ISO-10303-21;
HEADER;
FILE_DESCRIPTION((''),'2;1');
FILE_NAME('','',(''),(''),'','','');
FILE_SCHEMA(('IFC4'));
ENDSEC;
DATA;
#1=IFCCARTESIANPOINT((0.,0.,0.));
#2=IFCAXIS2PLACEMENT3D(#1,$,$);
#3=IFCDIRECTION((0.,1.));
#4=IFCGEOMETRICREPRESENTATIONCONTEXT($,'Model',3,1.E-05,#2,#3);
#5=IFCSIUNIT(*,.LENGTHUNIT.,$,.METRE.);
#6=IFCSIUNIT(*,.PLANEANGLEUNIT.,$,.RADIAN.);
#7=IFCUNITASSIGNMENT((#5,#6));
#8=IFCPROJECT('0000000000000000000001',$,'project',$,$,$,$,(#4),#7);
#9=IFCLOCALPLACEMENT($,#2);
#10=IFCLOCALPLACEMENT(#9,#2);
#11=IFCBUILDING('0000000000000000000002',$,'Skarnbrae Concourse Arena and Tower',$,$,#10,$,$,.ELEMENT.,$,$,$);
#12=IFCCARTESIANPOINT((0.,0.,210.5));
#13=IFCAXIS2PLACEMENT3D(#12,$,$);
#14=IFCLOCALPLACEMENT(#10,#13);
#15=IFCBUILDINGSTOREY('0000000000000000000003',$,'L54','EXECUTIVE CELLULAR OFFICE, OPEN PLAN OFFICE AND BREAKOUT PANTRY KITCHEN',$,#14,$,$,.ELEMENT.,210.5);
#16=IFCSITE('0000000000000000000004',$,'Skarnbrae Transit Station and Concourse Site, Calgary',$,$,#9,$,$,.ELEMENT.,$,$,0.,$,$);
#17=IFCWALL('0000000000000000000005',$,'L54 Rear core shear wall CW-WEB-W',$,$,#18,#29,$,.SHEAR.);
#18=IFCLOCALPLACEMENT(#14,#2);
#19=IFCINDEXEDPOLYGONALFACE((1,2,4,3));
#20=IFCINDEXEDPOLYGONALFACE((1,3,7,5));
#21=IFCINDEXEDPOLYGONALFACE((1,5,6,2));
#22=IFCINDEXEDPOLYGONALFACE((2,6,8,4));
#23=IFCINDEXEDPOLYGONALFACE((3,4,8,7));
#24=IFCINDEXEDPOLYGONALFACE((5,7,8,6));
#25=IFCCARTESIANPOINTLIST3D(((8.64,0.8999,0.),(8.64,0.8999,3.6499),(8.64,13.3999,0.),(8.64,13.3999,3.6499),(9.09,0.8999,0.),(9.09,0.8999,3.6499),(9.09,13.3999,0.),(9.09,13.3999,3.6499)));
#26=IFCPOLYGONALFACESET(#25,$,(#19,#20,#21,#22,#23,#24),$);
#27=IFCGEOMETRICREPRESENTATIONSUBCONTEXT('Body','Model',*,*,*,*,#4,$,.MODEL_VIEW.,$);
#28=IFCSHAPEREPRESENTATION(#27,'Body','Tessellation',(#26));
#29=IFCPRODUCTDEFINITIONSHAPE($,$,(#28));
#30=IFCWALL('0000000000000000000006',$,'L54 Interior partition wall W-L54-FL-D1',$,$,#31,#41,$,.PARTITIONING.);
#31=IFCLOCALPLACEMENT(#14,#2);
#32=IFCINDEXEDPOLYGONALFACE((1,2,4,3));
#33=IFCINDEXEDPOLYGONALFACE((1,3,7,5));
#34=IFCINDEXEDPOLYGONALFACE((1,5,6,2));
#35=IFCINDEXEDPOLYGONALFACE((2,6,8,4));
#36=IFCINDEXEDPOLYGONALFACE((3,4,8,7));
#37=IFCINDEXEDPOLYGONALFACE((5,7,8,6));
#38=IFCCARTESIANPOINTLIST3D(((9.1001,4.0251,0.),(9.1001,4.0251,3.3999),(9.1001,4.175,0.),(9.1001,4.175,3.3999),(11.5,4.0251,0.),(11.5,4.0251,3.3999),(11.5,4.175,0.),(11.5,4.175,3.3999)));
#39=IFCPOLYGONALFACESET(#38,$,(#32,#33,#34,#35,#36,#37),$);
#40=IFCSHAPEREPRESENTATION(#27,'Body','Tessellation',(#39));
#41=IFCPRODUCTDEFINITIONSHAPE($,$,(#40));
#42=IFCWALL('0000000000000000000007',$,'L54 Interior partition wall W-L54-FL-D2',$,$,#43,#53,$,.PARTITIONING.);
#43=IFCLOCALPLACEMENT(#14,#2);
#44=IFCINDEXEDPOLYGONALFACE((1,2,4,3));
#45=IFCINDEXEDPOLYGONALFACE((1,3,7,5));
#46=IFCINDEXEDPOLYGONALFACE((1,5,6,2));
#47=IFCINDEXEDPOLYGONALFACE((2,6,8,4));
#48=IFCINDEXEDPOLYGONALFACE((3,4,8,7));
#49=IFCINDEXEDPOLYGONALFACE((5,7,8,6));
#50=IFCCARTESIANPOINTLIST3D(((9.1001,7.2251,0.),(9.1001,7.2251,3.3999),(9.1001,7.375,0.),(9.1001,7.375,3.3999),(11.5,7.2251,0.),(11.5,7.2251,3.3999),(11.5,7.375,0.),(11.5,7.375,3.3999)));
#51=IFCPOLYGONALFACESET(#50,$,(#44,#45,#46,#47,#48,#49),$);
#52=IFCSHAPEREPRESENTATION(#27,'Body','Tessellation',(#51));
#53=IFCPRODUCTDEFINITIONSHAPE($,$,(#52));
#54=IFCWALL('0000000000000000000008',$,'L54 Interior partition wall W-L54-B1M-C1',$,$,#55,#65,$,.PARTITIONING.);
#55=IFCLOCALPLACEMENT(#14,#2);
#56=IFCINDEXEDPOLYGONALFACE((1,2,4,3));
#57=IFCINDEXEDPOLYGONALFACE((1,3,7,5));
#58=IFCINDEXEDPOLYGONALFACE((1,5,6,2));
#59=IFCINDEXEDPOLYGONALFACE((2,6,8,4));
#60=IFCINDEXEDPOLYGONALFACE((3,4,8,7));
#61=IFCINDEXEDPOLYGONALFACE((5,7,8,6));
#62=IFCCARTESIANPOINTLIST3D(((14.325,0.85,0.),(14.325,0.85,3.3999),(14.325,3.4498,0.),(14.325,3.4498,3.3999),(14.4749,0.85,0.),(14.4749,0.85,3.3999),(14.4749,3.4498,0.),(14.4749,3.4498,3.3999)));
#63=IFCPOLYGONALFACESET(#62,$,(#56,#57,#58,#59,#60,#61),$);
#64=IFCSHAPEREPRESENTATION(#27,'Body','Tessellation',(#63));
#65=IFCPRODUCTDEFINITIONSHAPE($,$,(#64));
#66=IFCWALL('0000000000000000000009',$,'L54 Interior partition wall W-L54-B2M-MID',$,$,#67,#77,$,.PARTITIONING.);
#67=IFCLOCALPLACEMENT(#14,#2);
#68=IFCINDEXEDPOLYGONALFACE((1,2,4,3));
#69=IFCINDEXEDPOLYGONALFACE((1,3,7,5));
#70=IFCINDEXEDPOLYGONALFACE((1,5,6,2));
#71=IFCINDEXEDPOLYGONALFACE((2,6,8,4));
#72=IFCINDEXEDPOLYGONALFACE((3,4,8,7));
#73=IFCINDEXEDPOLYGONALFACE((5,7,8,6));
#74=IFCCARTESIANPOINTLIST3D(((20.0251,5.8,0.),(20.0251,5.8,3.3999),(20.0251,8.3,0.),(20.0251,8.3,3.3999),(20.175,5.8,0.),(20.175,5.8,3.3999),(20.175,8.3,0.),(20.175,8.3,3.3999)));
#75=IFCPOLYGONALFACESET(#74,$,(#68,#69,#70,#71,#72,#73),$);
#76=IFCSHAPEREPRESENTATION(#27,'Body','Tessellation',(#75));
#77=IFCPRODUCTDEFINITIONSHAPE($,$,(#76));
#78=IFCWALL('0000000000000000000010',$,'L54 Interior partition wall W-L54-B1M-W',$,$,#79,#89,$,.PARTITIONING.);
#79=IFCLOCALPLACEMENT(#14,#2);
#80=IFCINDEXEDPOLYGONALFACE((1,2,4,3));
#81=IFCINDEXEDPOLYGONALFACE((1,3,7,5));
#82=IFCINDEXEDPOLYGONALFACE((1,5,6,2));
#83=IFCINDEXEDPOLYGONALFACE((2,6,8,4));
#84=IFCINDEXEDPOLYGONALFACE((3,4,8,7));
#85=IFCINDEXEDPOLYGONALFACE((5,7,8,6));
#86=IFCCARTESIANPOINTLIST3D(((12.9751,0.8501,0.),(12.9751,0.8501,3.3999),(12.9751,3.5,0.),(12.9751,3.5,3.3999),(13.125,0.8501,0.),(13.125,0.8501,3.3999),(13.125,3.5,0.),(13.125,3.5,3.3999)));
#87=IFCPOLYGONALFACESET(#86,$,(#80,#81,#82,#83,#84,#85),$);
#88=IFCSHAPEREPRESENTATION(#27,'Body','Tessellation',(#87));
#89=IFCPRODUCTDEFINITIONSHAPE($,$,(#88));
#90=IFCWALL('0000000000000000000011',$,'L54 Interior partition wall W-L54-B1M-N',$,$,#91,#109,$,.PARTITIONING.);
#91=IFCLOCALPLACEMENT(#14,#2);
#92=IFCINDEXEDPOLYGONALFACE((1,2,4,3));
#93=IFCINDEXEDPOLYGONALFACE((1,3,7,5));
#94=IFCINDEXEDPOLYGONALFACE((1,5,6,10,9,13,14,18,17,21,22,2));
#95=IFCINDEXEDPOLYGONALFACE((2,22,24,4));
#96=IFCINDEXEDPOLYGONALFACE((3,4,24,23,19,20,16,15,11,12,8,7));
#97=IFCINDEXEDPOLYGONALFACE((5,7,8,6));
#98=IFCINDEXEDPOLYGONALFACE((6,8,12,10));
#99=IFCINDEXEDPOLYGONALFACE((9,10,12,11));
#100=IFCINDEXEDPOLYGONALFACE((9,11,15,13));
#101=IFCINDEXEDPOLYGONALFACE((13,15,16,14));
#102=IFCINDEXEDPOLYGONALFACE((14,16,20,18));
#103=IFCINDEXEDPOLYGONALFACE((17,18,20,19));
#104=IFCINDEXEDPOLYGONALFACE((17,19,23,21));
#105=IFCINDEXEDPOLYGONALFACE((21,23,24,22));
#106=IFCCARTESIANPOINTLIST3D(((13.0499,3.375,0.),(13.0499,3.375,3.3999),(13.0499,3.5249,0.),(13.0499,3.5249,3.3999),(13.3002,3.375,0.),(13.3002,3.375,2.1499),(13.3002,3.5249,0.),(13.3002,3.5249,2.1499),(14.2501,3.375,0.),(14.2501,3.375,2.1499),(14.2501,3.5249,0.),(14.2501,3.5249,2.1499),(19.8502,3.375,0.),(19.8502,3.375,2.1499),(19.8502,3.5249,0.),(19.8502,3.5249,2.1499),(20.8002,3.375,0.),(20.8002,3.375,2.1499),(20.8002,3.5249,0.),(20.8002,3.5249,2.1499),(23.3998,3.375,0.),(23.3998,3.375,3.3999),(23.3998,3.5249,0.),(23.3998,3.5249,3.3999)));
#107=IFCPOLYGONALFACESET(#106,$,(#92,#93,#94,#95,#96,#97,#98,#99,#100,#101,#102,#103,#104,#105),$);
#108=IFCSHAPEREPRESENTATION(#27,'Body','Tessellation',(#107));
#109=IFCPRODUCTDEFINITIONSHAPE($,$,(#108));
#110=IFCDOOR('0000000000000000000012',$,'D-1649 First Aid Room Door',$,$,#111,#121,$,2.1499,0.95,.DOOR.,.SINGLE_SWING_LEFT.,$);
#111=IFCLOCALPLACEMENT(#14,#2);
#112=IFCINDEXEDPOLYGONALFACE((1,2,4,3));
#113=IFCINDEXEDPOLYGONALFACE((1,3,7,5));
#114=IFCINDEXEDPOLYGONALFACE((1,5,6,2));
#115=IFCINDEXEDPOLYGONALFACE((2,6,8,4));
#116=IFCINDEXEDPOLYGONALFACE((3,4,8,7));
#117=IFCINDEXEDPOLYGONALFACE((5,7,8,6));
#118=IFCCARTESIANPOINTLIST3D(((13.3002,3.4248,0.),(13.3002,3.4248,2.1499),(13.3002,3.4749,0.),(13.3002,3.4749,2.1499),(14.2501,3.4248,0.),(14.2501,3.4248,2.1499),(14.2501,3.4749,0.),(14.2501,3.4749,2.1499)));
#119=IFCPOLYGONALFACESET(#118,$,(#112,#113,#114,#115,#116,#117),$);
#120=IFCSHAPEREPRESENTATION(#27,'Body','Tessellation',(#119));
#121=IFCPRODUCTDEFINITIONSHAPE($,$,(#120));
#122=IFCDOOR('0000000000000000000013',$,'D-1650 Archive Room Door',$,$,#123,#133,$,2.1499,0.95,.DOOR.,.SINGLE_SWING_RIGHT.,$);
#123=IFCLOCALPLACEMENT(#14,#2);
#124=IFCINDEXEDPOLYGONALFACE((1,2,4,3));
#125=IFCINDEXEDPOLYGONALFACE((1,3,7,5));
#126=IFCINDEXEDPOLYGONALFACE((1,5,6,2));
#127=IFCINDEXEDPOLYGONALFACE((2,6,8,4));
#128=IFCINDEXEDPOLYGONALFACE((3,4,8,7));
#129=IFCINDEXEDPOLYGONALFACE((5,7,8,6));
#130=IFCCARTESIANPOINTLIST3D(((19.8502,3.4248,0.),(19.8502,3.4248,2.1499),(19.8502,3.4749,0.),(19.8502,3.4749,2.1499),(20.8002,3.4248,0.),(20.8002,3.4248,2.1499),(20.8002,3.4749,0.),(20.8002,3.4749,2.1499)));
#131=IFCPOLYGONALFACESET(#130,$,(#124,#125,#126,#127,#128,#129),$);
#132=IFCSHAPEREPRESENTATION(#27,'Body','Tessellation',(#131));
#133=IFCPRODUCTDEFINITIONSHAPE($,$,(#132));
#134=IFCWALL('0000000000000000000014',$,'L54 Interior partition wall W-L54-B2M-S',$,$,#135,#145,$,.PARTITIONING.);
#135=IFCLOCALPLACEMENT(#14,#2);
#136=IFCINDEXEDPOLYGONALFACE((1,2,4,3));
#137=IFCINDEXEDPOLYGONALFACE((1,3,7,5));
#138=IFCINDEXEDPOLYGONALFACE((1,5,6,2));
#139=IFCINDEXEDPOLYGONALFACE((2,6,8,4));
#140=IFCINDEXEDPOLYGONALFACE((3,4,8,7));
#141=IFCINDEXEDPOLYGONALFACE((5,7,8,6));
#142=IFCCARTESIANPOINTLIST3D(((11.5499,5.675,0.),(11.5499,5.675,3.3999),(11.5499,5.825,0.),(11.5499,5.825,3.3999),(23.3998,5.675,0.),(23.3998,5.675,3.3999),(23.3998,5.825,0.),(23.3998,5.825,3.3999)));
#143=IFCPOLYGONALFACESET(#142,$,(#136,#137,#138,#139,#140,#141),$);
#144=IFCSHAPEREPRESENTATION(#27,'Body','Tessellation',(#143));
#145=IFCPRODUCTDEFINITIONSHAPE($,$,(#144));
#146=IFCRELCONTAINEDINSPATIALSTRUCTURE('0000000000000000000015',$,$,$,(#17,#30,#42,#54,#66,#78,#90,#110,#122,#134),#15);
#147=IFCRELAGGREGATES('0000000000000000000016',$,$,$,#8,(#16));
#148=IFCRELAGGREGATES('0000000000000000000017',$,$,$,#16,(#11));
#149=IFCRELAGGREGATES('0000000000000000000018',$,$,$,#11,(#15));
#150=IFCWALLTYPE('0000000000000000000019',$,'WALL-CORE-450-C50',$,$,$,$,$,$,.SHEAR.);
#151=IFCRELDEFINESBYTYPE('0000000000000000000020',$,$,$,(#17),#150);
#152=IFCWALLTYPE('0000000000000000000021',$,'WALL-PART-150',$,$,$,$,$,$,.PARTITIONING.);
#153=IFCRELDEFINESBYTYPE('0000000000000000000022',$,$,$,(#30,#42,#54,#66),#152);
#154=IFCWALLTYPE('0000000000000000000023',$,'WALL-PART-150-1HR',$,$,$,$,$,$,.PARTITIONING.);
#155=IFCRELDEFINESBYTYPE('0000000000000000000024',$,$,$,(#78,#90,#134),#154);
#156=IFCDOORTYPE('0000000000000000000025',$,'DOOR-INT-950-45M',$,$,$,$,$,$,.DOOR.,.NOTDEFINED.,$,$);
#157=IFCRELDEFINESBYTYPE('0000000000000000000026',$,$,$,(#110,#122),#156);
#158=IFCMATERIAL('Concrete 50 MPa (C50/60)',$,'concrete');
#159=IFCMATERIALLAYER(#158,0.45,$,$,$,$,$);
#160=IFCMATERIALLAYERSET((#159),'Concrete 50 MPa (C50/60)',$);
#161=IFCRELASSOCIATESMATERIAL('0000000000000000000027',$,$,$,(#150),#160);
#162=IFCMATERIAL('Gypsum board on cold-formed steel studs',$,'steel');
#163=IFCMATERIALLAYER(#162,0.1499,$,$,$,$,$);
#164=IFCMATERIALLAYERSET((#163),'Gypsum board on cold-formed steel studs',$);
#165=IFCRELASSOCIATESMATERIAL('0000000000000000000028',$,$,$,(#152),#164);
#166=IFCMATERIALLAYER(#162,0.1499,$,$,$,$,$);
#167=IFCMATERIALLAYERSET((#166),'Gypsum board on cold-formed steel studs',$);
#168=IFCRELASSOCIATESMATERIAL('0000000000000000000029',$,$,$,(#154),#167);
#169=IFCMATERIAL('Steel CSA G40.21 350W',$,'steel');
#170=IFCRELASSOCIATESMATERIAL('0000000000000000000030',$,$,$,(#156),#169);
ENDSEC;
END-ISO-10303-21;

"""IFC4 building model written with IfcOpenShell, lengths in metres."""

from ifc_helpers import new_model, si_unit, direction, frame, frame_2d, origin, place, context, subcontext, project, spatial, rectangle, extrude, source, transform, mapped, material, layer, layer_set, type_object, element, fill, save


model = new_model("IFC4")

# Units and contexts
model_context = context("Model", 3, precision=1e-05, world=origin(), true_north=direction((0.0, 1.0)))
body_context = subcontext(model_context, "Body", "Model", "MODEL_VIEW")
ifc_project = project(units=[si_unit("LENGTHUNIT", "METRE"), si_unit("PLANEANGLEUNIT", "RADIAN")], contexts=[model_context])

# Site, building, storey
site_placement = place(None, origin())
site = spatial("IfcSite", under=ifc_project, at=site_placement, Name="Skarnbrae Transit Station and Concourse Site, Calgary", CompositionType="ELEMENT", RefElevation=0.0)
building_placement = place(site_placement, origin())
building = spatial("IfcBuilding", under=site, at=building_placement, Name="Skarnbrae Concourse Arena and Tower", CompositionType="ELEMENT")
storey_placement = place(building_placement, frame((0.0, 0.0, 210.5)))
storey = spatial("IfcBuildingStorey", under=building, at=storey_placement, Name="L54", Description="EXECUTIVE CELLULAR OFFICE, OPEN PLAN OFFICE AND BREAKOUT PANTRY KITCHEN", CompositionType="ELEMENT", Elevation=210.5)

# Wall
ifc_material_1 = material(Name="Concrete 50 MPa (C50/60)", Category="concrete")
ifc_layer_1 = layer(ifc_material_1, 0.45)
ifc_layer_set_1 = layer_set([ifc_layer_1], Name="Concrete 50 MPa (C50/60)")
wall_type_1 = type_object("IfcWallType", Name="WALL-CORE-450-C50", PredefinedType="SHEAR", material=ifc_layer_set_1)
shared_shape_1 = source(origin(), body_context, "Body", "SweptSolid", [
    extrude(rectangle(XDim=12.5, YDim=0.45, at=frame_2d((6.25, 0.0))), origin(), (0.0, 0.0, 1.0), 3.6499),
])
wall_1_placement = place(storey_placement, frame((8.865, 0.8999, 0.0), z_axis=(0.0, 0.0, 1.0), x_axis=(0.0, 1.0, 0.0)))
element("IfcWall", 1, at=wall_1_placement, inside=storey, type_object=wall_type_1, Name="L54 Rear core shear wall CW-WEB-W", PredefinedType="SHEAR", context=body_context, shape_type="MappedRepresentation", body=[
    mapped(shared_shape_1, transform((0.0, 0.0, 0.0))),
])

# Shared definitions
ifc_material_2 = material(Name="Gypsum board on cold-formed steel studs", Category="steel")
ifc_material_3 = material(Name="Steel CSA G40.21 350W", Category="steel")

# Walls
ifc_layer_2 = layer(ifc_material_2, 0.1499)
ifc_layer_set_2 = layer_set([ifc_layer_2], Name="Gypsum board on cold-formed steel studs")
wall_type_2 = type_object("IfcWallType", Name="WALL-PART-150", PredefinedType="PARTITIONING", material=ifc_layer_set_2)
shared_shape_2 = source(origin(), body_context, "Body", "SweptSolid", [
    extrude(rectangle(XDim=2.3999, YDim=0.1499, at=frame_2d((1.2, 0.0))), origin(), (0.0, 0.0, 1.0), 3.3999),
])
for number, where, z_axis, x_axis, name in (
    (2, (9.1001, 4.1001, 0.0), (0.0, 0.0, 1.0), (1.0, 0.0, 0.0), "L54 Interior partition wall W-L54-FL-D1"),
    (3, (9.1001, 7.3, 0.0), (0.0, 0.0, 1.0), (1.0, 0.0, 0.0), "L54 Interior partition wall W-L54-FL-D2"),
):
    element("IfcWall", number, at=place(storey_placement, frame(where, z_axis=z_axis, x_axis=x_axis)), inside=storey, type_object=wall_type_2, Name=name, PredefinedType="PARTITIONING", context=body_context, shape_type="MappedRepresentation", body=[
        mapped(shared_shape_2, transform((0.0, 0.0, 0.0))),
    ])
shared_shape_3 = source(origin(), body_context, "Body", "SweptSolid", [
    extrude(rectangle(XDim=2.5999, YDim=0.1499, at=frame_2d((1.2998, 0.0))), origin(), (0.0, 0.0, 1.0), 3.3999),
])
wall_2_placement = place(storey_placement, frame((14.3999, 0.8501, 0.0), z_axis=(0.0, 0.0, 1.0), x_axis=(0.0, 1.0, 0.0)))
element("IfcWall", 4, at=wall_2_placement, inside=storey, type_object=wall_type_2, Name="L54 Interior partition wall W-L54-B1M-C1", PredefinedType="PARTITIONING", context=body_context, shape_type="MappedRepresentation", body=[
    mapped(shared_shape_3, transform((0.0, 0.0, 0.0))),
])
shared_shape_4 = source(origin(), body_context, "Body", "SweptSolid", [
    extrude(rectangle(XDim=2.5, YDim=0.1499, at=frame_2d((1.25, 0.0))), origin(), (0.0, 0.0, 1.0), 3.3999),
])
wall_3_placement = place(storey_placement, frame((20.1001, 5.8, 0.0), z_axis=(0.0, 0.0, 1.0), x_axis=(0.0, 1.0, 0.0)))
element("IfcWall", 5, at=wall_3_placement, inside=storey, type_object=wall_type_2, Name="L54 Interior partition wall W-L54-B2M-MID", PredefinedType="PARTITIONING", context=body_context, shape_type="MappedRepresentation", body=[
    mapped(shared_shape_4, transform((0.0, 0.0, 0.0))),
])
ifc_layer_3 = layer(ifc_material_2, 0.1499)
ifc_layer_set_3 = layer_set([ifc_layer_3], Name="Gypsum board on cold-formed steel studs")
wall_type_3 = type_object("IfcWallType", Name="WALL-PART-150-1HR", PredefinedType="PARTITIONING", material=ifc_layer_set_3)
shared_shape_5 = source(origin(), body_context, "Body", "SweptSolid", [
    extrude(rectangle(XDim=2.6499, YDim=0.1499, at=frame_2d((1.325, 0.0))), origin(), (0.0, 0.0, 1.0), 3.3999),
])
wall_4_placement = place(storey_placement, frame((13.05, 0.8501, 0.0), z_axis=(0.0, 0.0, 1.0), x_axis=(0.0, 1.0, 0.0)))
element("IfcWall", 6, at=wall_4_placement, inside=storey, type_object=wall_type_3, Name="L54 Interior partition wall W-L54-B1M-W", PredefinedType="PARTITIONING", context=body_context, shape_type="MappedRepresentation", body=[
    mapped(shared_shape_5, transform((0.0, 0.0, 0.0))),
])

# Wall, openings, doors
shared_shape_6 = source(origin(), body_context, "Body", "SweptSolid", [
    extrude(rectangle(XDim=10.3499, YDim=0.1499, at=frame_2d((5.1748, 0.0))), origin(), (0.0, 0.0, 1.0), 3.3999),
])
wall_5_placement = place(storey_placement, frame((13.05, 3.45, 0.0), z_axis=(0.0, 0.0, 1.0), x_axis=(1.0, 0.0, 0.0)))
wall_5 = element("IfcWall", 7, at=wall_5_placement, inside=storey, type_object=wall_type_3, Name="L54 Interior partition wall W-L54-B1M-N", PredefinedType="PARTITIONING", context=body_context, shape_type="MappedRepresentation", body=[
    mapped(shared_shape_6, transform((0.0, 0.0, 0.0))),
])
opening_1_placement = place(wall_5_placement, frame((0.25, 0.0, 0.0)))
opening_1 = element("IfcOpeningElement", 8, at=opening_1_placement, cuts=wall_5, PredefinedType="OPENING", context=body_context, shape_type="SweptSolid", body=[
    extrude(rectangle(XDim=0.95, YDim=2.1499, at=frame_2d((0.4751, 1.075))), frame((0.0, 0.085, 0.0), z_axis=(0.0, -1.0, 0.0), x_axis=(1.0, 0.0, 0.0)), (0.0, 0.0, 1.0), 0.1699),
])
opening_2_placement = place(wall_5_placement, frame((6.8, 0.0, 0.0)))
opening_2 = element("IfcOpeningElement", 9, at=opening_2_placement, cuts=wall_5, PredefinedType="OPENING", context=body_context, shape_type="SweptSolid", body=[
    extrude(rectangle(XDim=0.95, YDim=2.1499, at=frame_2d((0.4751, 1.075))), frame((0.0, 0.085, 0.0), z_axis=(0.0, -1.0, 0.0), x_axis=(1.0, 0.0, 0.0)), (0.0, 0.0, 1.0), 0.1699),
])
door_type_1 = type_object("IfcDoorType", Name="DOOR-INT-950-45M", OperationType="NOTDEFINED", PredefinedType="DOOR", material=ifc_material_3)
shared_shape_7 = source(origin(), body_context, "Body", "SweptSolid", [
    extrude(rectangle(XDim=0.95, YDim=2.1499, at=frame_2d((0.4751, 1.075))), frame((0.0, 0.0249, 0.0), z_axis=(0.0, -1.0, 0.0), x_axis=(1.0, 0.0, 0.0)), (0.0, 0.0, 1.0), 0.05),
])
door_1_placement = place(opening_1_placement, origin())
door_1 = element("IfcDoor", 10, at=door_1_placement, inside=storey, type_object=door_type_1, Name="D-1649 First Aid Room Door", OperationType="SINGLE_SWING_LEFT", OverallHeight=2.1499, OverallWidth=0.95, PredefinedType="DOOR", context=body_context, shape_type="MappedRepresentation", body=[
    mapped(shared_shape_7, transform((0.0, 0.0, 0.0))),
])
fill(opening_1, door_1)
door_2_placement = place(opening_2_placement, origin())
door_2 = element("IfcDoor", 11, at=door_2_placement, inside=storey, type_object=door_type_1, Name="D-1650 Archive Room Door", OperationType="SINGLE_SWING_RIGHT", OverallHeight=2.1499, OverallWidth=0.95, PredefinedType="DOOR", context=body_context, shape_type="MappedRepresentation", body=[
    mapped(shared_shape_7, transform((0.0, 0.0, 0.0))),
])
fill(opening_2, door_2)

# Wall
shared_shape_8 = source(origin(), body_context, "Body", "SweptSolid", [
    extrude(rectangle(XDim=11.8499, YDim=0.1499, at=frame_2d((5.9248, 0.0))), origin(), (0.0, 0.0, 1.0), 3.3999),
])
wall_6_placement = place(storey_placement, frame((11.55, 5.75, 0.0), z_axis=(0.0, 0.0, 1.0), x_axis=(1.0, 0.0, 0.0)))
element("IfcWall", 12, at=wall_6_placement, inside=storey, type_object=wall_type_3, Name="L54 Interior partition wall W-L54-B2M-S", PredefinedType="PARTITIONING", context=body_context, shape_type="MappedRepresentation", body=[
    mapped(shared_shape_8, transform((0.0, 0.0, 0.0))),
])

save(model, "model.ifc")
